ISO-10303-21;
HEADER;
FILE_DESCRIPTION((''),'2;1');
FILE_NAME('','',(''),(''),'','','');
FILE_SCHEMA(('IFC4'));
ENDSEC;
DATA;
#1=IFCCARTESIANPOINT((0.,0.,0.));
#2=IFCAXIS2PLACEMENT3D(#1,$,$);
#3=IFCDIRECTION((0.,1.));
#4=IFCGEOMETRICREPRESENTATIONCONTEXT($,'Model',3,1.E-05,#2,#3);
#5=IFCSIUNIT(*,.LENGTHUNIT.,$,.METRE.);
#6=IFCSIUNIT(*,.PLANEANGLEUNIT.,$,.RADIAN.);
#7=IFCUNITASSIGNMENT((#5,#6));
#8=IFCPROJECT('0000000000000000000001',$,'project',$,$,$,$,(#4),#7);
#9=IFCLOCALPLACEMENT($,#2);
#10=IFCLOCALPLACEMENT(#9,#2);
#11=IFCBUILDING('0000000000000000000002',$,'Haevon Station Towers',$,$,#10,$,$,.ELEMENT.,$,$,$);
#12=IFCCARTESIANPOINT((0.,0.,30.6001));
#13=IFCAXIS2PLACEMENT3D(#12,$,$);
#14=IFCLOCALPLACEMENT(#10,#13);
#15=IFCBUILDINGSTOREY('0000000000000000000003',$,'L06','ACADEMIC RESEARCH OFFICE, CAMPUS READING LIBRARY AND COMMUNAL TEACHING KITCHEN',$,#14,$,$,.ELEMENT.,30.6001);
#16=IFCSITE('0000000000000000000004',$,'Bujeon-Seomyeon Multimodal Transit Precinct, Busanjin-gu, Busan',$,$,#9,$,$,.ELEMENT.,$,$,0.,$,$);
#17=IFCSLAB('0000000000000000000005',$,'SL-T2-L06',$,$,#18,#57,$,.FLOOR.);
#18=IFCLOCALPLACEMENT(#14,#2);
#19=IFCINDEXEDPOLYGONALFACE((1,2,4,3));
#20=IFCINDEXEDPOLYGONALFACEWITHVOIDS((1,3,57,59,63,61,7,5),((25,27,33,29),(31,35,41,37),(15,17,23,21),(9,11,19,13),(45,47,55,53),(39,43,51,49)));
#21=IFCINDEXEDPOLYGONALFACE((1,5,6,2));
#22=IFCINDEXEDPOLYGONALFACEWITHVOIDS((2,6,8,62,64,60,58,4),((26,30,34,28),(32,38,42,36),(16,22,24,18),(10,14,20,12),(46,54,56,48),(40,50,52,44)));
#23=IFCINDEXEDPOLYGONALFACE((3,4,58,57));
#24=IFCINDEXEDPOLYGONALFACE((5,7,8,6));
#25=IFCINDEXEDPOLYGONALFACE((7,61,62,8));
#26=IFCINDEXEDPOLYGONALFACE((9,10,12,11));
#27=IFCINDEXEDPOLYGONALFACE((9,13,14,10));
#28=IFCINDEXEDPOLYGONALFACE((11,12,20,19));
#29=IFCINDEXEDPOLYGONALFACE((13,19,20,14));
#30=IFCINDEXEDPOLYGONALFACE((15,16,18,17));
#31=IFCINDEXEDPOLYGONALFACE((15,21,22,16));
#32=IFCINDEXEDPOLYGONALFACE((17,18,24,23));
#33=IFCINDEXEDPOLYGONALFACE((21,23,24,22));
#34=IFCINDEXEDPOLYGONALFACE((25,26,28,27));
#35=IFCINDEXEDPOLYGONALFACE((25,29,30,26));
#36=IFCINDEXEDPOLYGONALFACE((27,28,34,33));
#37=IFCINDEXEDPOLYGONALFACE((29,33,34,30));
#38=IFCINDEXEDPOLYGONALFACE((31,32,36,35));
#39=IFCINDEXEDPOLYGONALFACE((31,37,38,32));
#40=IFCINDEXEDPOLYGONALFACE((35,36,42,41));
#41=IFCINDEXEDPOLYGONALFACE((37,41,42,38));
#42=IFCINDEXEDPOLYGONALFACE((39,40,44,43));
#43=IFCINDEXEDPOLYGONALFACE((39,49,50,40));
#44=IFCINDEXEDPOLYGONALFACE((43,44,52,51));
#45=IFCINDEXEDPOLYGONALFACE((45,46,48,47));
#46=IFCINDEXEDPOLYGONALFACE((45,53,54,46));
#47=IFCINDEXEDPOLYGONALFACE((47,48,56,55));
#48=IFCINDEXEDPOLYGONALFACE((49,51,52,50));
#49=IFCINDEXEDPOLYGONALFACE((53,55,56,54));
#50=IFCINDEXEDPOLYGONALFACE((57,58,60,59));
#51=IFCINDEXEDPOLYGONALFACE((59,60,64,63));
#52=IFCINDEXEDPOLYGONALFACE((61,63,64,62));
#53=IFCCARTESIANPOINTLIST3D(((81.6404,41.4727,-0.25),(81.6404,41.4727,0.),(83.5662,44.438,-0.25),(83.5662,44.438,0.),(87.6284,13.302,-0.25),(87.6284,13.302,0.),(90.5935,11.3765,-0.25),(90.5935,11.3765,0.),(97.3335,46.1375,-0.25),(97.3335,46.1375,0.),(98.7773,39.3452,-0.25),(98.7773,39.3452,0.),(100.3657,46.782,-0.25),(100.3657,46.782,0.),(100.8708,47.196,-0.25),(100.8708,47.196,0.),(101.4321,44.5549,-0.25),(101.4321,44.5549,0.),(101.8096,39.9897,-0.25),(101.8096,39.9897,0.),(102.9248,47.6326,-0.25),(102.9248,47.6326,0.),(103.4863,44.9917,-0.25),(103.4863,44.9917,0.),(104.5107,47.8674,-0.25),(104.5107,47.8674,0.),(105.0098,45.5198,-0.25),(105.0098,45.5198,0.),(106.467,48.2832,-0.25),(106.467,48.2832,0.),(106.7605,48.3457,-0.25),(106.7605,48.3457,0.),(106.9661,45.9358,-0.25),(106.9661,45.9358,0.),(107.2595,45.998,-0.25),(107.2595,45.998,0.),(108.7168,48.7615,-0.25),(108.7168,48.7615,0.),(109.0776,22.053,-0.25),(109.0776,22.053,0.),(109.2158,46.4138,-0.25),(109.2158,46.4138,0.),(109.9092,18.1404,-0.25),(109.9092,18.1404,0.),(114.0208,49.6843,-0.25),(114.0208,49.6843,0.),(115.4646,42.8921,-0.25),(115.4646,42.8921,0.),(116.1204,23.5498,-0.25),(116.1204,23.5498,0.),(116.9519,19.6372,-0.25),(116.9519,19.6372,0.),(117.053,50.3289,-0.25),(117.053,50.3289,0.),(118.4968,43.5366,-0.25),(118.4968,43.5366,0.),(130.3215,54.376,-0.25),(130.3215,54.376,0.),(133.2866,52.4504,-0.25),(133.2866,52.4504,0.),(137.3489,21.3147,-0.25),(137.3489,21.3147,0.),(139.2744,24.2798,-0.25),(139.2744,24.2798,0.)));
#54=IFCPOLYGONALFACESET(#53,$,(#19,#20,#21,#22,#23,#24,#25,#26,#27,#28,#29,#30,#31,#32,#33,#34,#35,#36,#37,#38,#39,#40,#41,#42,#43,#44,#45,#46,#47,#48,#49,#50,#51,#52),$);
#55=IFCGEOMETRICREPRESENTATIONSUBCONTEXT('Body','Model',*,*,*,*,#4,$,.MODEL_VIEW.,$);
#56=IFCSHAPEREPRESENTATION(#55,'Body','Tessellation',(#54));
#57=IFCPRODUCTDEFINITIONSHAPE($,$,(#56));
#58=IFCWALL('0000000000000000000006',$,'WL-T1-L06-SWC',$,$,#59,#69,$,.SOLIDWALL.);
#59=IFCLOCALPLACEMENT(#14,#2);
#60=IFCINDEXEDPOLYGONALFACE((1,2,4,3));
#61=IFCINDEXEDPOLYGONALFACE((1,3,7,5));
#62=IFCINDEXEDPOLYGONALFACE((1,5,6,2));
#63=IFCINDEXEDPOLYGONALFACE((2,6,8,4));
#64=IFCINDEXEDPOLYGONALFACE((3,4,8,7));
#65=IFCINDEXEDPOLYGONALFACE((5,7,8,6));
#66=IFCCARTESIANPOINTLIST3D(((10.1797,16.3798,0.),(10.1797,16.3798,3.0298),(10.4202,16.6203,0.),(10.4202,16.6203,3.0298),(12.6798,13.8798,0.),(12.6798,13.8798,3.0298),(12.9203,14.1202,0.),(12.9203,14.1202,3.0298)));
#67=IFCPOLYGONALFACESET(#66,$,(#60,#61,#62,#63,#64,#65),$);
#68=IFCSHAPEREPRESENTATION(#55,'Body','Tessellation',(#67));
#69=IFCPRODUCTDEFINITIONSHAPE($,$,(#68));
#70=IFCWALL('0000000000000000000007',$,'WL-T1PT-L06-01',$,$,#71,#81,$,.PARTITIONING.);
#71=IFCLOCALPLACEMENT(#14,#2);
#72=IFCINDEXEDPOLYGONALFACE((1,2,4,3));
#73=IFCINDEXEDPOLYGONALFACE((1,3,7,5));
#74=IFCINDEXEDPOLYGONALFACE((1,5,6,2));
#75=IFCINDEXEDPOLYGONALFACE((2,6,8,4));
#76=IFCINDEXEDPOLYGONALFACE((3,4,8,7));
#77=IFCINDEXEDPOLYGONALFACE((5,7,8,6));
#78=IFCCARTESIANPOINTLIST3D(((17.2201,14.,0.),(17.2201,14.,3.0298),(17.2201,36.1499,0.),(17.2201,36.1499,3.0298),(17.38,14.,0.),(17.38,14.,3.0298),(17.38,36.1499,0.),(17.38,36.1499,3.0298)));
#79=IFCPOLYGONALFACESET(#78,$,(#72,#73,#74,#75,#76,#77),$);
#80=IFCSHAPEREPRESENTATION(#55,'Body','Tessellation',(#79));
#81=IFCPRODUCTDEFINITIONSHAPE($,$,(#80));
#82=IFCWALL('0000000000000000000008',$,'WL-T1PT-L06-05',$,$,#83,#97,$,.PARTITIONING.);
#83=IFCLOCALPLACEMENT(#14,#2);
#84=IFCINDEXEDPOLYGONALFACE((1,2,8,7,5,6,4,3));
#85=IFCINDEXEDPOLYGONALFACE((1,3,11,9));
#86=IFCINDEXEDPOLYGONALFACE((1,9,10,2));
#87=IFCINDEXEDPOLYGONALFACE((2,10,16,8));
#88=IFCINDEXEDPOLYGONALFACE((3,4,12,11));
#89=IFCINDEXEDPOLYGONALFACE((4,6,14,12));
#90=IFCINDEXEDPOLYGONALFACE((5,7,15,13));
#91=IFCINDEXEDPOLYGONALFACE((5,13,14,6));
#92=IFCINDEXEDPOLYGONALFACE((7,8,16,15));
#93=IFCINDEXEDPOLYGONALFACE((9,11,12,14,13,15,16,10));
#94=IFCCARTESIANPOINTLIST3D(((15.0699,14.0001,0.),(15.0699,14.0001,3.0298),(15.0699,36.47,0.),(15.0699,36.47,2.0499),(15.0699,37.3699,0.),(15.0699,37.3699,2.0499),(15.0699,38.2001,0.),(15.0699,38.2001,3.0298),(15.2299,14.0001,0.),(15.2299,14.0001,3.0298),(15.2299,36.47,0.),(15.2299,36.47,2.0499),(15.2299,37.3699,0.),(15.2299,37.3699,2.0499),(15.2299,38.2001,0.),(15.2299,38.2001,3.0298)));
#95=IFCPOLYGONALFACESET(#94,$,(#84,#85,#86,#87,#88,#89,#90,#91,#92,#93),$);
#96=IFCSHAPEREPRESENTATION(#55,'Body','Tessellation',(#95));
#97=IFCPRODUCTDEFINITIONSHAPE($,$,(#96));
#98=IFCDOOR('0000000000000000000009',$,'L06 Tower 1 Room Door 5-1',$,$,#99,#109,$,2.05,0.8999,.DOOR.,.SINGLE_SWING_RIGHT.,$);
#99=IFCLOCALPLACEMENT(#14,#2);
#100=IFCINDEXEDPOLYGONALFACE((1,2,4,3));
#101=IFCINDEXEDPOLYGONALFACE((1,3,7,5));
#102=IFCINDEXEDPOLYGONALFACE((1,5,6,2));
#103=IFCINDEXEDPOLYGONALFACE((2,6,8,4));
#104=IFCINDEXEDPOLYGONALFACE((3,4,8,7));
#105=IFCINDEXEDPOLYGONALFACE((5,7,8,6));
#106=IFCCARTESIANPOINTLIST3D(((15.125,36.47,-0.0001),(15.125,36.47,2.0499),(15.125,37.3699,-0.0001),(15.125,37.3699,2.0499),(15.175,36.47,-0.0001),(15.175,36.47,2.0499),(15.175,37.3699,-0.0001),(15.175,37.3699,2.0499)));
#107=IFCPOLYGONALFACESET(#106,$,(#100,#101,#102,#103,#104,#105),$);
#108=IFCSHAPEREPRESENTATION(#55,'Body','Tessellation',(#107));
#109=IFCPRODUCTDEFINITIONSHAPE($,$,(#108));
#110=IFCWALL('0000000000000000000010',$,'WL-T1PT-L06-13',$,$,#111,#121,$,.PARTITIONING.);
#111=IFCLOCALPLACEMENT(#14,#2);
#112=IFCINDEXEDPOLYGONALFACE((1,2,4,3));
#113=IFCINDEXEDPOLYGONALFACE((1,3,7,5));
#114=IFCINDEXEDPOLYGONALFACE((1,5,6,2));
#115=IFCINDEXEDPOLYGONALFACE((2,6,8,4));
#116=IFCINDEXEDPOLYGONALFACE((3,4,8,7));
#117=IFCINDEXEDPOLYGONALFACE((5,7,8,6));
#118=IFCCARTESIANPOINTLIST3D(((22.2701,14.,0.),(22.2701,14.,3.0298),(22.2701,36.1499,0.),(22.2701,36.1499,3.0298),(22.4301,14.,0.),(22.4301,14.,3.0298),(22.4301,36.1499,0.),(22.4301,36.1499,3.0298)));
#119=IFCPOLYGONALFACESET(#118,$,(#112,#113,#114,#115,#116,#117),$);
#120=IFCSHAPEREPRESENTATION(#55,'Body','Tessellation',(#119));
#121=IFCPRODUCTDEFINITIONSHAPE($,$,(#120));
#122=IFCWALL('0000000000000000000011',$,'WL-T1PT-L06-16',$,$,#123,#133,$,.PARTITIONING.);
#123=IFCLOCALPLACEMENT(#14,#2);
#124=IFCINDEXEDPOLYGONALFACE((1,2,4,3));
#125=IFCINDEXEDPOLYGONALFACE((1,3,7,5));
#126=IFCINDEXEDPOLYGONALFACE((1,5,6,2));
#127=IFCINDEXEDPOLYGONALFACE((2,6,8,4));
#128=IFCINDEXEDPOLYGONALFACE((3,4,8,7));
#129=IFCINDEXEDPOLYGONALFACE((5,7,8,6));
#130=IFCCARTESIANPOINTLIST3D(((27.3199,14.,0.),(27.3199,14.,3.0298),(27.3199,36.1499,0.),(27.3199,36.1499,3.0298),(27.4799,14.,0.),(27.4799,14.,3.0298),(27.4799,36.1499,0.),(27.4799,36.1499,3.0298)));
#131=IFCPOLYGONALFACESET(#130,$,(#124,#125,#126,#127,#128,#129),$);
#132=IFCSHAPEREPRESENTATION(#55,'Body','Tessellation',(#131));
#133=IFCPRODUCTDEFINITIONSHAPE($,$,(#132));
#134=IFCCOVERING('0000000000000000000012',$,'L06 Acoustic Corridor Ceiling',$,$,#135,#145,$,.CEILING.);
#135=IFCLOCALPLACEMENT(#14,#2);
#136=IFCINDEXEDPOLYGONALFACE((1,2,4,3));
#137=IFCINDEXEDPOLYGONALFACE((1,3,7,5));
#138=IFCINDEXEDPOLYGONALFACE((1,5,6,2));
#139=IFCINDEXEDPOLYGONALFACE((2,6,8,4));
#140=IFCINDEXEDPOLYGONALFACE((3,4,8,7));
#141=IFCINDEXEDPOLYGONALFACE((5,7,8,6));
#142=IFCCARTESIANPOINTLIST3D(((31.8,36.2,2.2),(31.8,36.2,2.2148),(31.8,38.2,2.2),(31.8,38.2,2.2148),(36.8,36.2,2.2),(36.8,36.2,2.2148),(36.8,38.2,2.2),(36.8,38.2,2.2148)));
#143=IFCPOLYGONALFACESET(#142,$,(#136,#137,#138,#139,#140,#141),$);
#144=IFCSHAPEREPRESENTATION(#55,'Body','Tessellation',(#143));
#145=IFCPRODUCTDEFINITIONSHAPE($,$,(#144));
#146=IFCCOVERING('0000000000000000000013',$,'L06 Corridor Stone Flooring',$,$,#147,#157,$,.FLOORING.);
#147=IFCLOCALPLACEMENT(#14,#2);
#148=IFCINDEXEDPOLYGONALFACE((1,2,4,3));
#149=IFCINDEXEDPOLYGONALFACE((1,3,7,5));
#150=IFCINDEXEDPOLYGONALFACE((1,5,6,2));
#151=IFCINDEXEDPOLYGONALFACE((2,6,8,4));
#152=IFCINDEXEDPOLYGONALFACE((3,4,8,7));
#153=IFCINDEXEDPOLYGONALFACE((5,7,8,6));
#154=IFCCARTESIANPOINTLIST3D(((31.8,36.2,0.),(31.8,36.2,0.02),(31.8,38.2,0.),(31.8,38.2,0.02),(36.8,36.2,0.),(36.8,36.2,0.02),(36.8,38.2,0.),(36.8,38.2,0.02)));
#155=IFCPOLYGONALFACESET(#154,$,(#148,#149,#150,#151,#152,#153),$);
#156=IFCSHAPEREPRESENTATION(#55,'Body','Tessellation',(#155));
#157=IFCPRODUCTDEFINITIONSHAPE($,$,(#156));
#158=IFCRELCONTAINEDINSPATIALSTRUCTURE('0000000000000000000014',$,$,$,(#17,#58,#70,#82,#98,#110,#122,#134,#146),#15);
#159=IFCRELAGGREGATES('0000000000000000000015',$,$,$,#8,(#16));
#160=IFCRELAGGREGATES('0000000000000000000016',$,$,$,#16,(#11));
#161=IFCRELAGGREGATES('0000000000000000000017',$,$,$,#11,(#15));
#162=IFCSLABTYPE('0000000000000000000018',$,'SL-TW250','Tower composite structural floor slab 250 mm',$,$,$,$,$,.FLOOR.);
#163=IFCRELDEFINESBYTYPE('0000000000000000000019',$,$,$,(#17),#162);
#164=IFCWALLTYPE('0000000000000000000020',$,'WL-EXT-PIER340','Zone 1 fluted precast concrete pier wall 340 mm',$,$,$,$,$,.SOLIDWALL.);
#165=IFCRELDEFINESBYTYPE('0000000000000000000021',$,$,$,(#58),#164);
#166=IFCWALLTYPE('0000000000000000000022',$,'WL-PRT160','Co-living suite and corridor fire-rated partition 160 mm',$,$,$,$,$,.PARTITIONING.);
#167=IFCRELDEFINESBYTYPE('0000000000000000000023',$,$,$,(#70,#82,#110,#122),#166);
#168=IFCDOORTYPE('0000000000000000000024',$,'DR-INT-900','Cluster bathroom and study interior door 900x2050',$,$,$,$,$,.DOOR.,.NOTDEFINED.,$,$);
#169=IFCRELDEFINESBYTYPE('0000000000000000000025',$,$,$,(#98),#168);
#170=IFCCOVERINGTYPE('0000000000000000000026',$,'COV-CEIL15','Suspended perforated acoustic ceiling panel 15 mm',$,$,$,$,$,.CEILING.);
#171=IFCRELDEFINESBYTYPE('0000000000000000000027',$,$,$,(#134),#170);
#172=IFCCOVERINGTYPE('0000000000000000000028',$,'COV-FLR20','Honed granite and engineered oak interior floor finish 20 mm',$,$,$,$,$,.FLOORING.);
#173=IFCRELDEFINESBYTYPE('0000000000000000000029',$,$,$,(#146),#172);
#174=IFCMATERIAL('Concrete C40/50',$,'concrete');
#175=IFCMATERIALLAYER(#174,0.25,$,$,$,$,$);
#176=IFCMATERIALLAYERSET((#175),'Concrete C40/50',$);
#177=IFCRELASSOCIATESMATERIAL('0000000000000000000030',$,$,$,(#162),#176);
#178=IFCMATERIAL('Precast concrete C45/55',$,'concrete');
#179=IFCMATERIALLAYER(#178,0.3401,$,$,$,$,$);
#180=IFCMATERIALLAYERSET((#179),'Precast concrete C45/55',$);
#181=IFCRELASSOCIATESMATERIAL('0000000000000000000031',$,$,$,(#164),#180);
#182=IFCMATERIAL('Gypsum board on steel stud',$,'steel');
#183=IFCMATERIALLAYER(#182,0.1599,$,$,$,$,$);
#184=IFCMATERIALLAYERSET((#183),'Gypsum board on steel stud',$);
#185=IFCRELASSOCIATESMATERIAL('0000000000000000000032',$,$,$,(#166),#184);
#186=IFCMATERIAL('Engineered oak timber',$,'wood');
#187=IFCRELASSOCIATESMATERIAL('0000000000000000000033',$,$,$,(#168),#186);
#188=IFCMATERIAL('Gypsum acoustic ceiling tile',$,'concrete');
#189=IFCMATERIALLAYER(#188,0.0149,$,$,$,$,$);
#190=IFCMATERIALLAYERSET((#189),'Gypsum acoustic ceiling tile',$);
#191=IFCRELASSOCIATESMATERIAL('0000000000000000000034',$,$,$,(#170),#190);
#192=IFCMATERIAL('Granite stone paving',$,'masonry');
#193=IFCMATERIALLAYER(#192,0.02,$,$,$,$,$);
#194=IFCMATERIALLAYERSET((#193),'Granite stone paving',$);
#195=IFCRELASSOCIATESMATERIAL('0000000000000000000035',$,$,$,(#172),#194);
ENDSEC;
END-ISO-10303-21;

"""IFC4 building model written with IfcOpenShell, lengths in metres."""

from ifc_helpers import new_model, si_unit, direction, frame, frame_2d, origin, place, context, subcontext, project, spatial, polyline, rectangle, outline, extrude, material, layer, layer_set, type_object, element, fill, save


model = new_model("IFC4")

# Units and contexts
model_context = context("Model", 3, precision=1e-05, world=origin(), true_north=direction((0.0, 1.0)))
body_context = subcontext(model_context, "Body", "Model", "MODEL_VIEW")
ifc_project = project(units=[si_unit("LENGTHUNIT", "METRE"), si_unit("PLANEANGLEUNIT", "RADIAN")], contexts=[model_context])

# Site, building, storey
site_placement = place(None, origin())
site = spatial("IfcSite", under=ifc_project, at=site_placement, Name="Bujeon-Seomyeon Multimodal Transit Precinct, Busanjin-gu, Busan", CompositionType="ELEMENT", RefElevation=0.0)
building_placement = place(site_placement, origin())
building = spatial("IfcBuilding", under=site, at=building_placement, Name="Haevon Station Towers", CompositionType="ELEMENT")
storey_placement = place(building_placement, frame((0.0, 0.0, 30.6001)))
storey = spatial("IfcBuildingStorey", under=building, at=storey_placement, Name="L06", Description="ACADEMIC RESEARCH OFFICE, CAMPUS READING LIBRARY AND COMMUNAL TEACHING KITCHEN", CompositionType="ELEMENT", Elevation=30.6001)

# Shared definitions
ifc_material_1 = material(Name="Concrete C40/50", Category="concrete")

# Slab
ifc_layer_1 = layer(ifc_material_1, 0.25)
ifc_layer_set_1 = layer_set([ifc_layer_1], Name="Concrete C40/50")
slab_type_1 = type_object("IfcSlabType", Name="SL-TW250", Description="Tower composite structural floor slab 250 mm", PredefinedType="FLOOR", material=ifc_layer_set_1)
slab_1_placement = place(storey_placement, frame((0.0, 0.0, -0.25)))
element("IfcSlab", 1, at=slab_1_placement, inside=storey, type_object=slab_type_1, Name="SL-T2-L06", PredefinedType="FLOOR", context=body_context, shape_type="SweptSolid", body=[
    extrude(outline(polyline([(90.5935, 11.3765), (137.3489, 21.3147), (139.2744, 24.2798), (133.2866, 52.4504), (130.3215, 54.376), (83.5662, 44.438), (81.6404, 41.4727), (87.6284, 13.302), (90.5935, 11.3765)]), holes=[polyline([(101.8096, 39.9897), (100.3657, 46.782), (97.3335, 46.1375), (98.7773, 39.3452), (101.8096, 39.9897)]), polyline([(118.4968, 43.5366), (117.053, 50.3289), (114.0208, 49.6843), (115.4646, 42.8921), (118.4968, 43.5366)]), polyline([(101.4321, 44.5549), (103.4863, 44.9917), (102.9248, 47.6326), (100.8708, 47.196), (101.4321, 44.5549)]), polyline([(105.0098, 45.5198), (106.9661, 45.9358), (106.467, 48.2832), (104.5107, 47.8674), (105.0098, 45.5198)]), polyline([(107.2595, 45.998), (109.2158, 46.4138), (108.7168, 48.7615), (106.7605, 48.3457), (107.2595, 45.998)]), polyline([(109.9092, 18.1404), (116.9519, 19.6372), (116.1204, 23.5498), (109.0776, 22.053), (109.9092, 18.1404)])]), origin(), (0.0, 0.0, 1.0), 0.25),
])

# Walls
ifc_material_2 = material(Name="Precast concrete C45/55", Category="concrete")
ifc_layer_2 = layer(ifc_material_2, 0.3401)
ifc_layer_set_2 = layer_set([ifc_layer_2], Name="Precast concrete C45/55")
wall_type_1 = type_object("IfcWallType", Name="WL-EXT-PIER340", Description="Zone 1 fluted precast concrete pier wall 340 mm", PredefinedType="SOLIDWALL", material=ifc_layer_set_2)
wall_1_placement = place(storey_placement, frame((12.8, 14.0, 0.0), z_axis=(0.0, 0.0, 1.0), x_axis=(-0.707107, 0.707107, 0.0)))
element("IfcWall", 2, at=wall_1_placement, inside=storey, type_object=wall_type_1, Name="WL-T1-L06-SWC", PredefinedType="SOLIDWALL", context=body_context, shape_type="SweptSolid", body=[
    extrude(rectangle(XDim=3.5356, YDim=0.3401, at=frame_2d((1.7678, 0.0))), origin(), (0.0, 0.0, 1.0), 3.0298),
])
ifc_material_3 = material(Name="Gypsum board on steel stud", Category="steel")
ifc_layer_3 = layer(ifc_material_3, 0.1599)
ifc_layer_set_3 = layer_set([ifc_layer_3], Name="Gypsum board on steel stud")
wall_type_2 = type_object("IfcWallType", Name="WL-PRT160", Description="Co-living suite and corridor fire-rated partition 160 mm", PredefinedType="PARTITIONING", material=ifc_layer_set_3)
wall_2_placement = place(storey_placement, frame((17.3, 14.0, 0.0), z_axis=(0.0, 0.0, 1.0), x_axis=(0.0, 1.0, 0.0)))
element("IfcWall", 3, at=wall_2_placement, inside=storey, type_object=wall_type_2, Name="WL-T1PT-L06-01", PredefinedType="PARTITIONING", context=body_context, shape_type="SweptSolid", body=[
    extrude(rectangle(XDim=22.1499, YDim=0.1599, at=frame_2d((11.075, 0.0))), origin(), (0.0, 0.0, 1.0), 3.0298),
])

# Wall, opening, door
wall_3_placement = place(storey_placement, frame((15.1499, 14.0, 0.0), z_axis=(0.0, 0.0, 1.0), x_axis=(0.0, 1.0, 0.0)))
wall_3 = element("IfcWall", 4, at=wall_3_placement, inside=storey, type_object=wall_type_2, Name="WL-T1PT-L06-05", PredefinedType="PARTITIONING", context=body_context, shape_type="SweptSolid", body=[
    extrude(rectangle(XDim=24.2, YDim=0.1599, at=frame_2d((12.1001, 0.0))), origin(), (0.0, 0.0, 1.0), 3.0298),
])
opening_placement = place(wall_3_placement, frame((22.47, 0.0, 0.0)))
opening = element("IfcOpeningElement", 5, at=opening_placement, cuts=wall_3, PredefinedType="OPENING", context=body_context, shape_type="SweptSolid", body=[
    extrude(rectangle(XDim=0.8999, YDim=2.05, at=frame_2d((0.45, 1.0249))), frame((0.0, 0.0898, 0.0), z_axis=(0.0, -1.0, 0.0), x_axis=(1.0, 0.0, 0.0)), (0.0, 0.0, 1.0), 0.1799),
])
ifc_material_4 = material(Name="Engineered oak timber", Category="wood")
door_type = type_object("IfcDoorType", Name="DR-INT-900", Description="Cluster bathroom and study interior door 900x2050", OperationType="NOTDEFINED", PredefinedType="DOOR", material=ifc_material_4)
door_placement = place(opening_placement, origin())
door = element("IfcDoor", 6, at=door_placement, inside=storey, type_object=door_type, Name="L06 Tower 1 Room Door 5-1", OperationType="SINGLE_SWING_RIGHT", OverallHeight=2.05, OverallWidth=0.8999, PredefinedType="DOOR", context=body_context, shape_type="SweptSolid", body=[
    extrude(rectangle(XDim=0.8999, YDim=2.05, at=frame_2d((0.45, 1.0249))), frame((0.0, 0.0249, 0.0), z_axis=(0.0, -1.0, 0.0), x_axis=(1.0, 0.0, 0.0)), (0.0, 0.0, 1.0), 0.05),
])
fill(opening, door)

# Walls
for number, where, z_axis, x_axis, name in (
    (7, (22.3501, 14.0, 0.0), (0.0, 0.0, 1.0), (0.0, 1.0, 0.0), "WL-T1PT-L06-13"),
    (8, (27.3999, 14.0, 0.0), (0.0, 0.0, 1.0), (0.0, 1.0, 0.0), "WL-T1PT-L06-16"),
):
    element("IfcWall", number, at=place(storey_placement, frame(where, z_axis=z_axis, x_axis=x_axis)), inside=storey, type_object=wall_type_2, Name=name, PredefinedType="PARTITIONING", context=body_context, shape_type="SweptSolid", body=[
        extrude(rectangle(XDim=22.1499, YDim=0.1599, at=frame_2d((11.075, 0.0))), origin(), (0.0, 0.0, 1.0), 3.0298),
    ])

# Coverings
ifc_material_5 = material(Name="Gypsum acoustic ceiling tile", Category="concrete")
ifc_layer_4 = layer(ifc_material_5, 0.0149)
ifc_layer_set_4 = layer_set([ifc_layer_4], Name="Gypsum acoustic ceiling tile")
covering_type_1 = type_object("IfcCoveringType", Name="COV-CEIL15", Description="Suspended perforated acoustic ceiling panel 15 mm", PredefinedType="CEILING", material=ifc_layer_set_4)
covering_1_placement = place(storey_placement, frame((0.0, 0.0, 2.2)))
element("IfcCovering", 9, at=covering_1_placement, inside=storey, type_object=covering_type_1, Name="L06 Acoustic Corridor Ceiling", PredefinedType="CEILING", context=body_context, shape_type="SweptSolid", body=[
    extrude(outline(polyline([(31.8, 36.2), (36.8, 36.2), (36.8, 38.2), (31.8, 38.2), (31.8, 36.2)])), origin(), (0.0, 0.0, 1.0), 0.0149),
])
ifc_material_6 = material(Name="Granite stone paving", Category="masonry")
ifc_layer_5 = layer(ifc_material_6, 0.02)
ifc_layer_set_5 = layer_set([ifc_layer_5], Name="Granite stone paving")
covering_type_2 = type_object("IfcCoveringType", Name="COV-FLR20", Description="Honed granite and engineered oak interior floor finish 20 mm", PredefinedType="FLOORING", material=ifc_layer_set_5)
covering_2_placement = place(storey_placement, origin())
element("IfcCovering", 10, at=covering_2_placement, inside=storey, type_object=covering_type_2, Name="L06 Corridor Stone Flooring", PredefinedType="FLOORING", context=body_context, shape_type="SweptSolid", body=[
    extrude(outline(polyline([(31.8, 36.2), (36.8, 36.2), (36.8, 38.2), (31.8, 38.2), (31.8, 36.2)])), origin(), (0.0, 0.0, 1.0), 0.02),
])

save(model, "model.ifc")
